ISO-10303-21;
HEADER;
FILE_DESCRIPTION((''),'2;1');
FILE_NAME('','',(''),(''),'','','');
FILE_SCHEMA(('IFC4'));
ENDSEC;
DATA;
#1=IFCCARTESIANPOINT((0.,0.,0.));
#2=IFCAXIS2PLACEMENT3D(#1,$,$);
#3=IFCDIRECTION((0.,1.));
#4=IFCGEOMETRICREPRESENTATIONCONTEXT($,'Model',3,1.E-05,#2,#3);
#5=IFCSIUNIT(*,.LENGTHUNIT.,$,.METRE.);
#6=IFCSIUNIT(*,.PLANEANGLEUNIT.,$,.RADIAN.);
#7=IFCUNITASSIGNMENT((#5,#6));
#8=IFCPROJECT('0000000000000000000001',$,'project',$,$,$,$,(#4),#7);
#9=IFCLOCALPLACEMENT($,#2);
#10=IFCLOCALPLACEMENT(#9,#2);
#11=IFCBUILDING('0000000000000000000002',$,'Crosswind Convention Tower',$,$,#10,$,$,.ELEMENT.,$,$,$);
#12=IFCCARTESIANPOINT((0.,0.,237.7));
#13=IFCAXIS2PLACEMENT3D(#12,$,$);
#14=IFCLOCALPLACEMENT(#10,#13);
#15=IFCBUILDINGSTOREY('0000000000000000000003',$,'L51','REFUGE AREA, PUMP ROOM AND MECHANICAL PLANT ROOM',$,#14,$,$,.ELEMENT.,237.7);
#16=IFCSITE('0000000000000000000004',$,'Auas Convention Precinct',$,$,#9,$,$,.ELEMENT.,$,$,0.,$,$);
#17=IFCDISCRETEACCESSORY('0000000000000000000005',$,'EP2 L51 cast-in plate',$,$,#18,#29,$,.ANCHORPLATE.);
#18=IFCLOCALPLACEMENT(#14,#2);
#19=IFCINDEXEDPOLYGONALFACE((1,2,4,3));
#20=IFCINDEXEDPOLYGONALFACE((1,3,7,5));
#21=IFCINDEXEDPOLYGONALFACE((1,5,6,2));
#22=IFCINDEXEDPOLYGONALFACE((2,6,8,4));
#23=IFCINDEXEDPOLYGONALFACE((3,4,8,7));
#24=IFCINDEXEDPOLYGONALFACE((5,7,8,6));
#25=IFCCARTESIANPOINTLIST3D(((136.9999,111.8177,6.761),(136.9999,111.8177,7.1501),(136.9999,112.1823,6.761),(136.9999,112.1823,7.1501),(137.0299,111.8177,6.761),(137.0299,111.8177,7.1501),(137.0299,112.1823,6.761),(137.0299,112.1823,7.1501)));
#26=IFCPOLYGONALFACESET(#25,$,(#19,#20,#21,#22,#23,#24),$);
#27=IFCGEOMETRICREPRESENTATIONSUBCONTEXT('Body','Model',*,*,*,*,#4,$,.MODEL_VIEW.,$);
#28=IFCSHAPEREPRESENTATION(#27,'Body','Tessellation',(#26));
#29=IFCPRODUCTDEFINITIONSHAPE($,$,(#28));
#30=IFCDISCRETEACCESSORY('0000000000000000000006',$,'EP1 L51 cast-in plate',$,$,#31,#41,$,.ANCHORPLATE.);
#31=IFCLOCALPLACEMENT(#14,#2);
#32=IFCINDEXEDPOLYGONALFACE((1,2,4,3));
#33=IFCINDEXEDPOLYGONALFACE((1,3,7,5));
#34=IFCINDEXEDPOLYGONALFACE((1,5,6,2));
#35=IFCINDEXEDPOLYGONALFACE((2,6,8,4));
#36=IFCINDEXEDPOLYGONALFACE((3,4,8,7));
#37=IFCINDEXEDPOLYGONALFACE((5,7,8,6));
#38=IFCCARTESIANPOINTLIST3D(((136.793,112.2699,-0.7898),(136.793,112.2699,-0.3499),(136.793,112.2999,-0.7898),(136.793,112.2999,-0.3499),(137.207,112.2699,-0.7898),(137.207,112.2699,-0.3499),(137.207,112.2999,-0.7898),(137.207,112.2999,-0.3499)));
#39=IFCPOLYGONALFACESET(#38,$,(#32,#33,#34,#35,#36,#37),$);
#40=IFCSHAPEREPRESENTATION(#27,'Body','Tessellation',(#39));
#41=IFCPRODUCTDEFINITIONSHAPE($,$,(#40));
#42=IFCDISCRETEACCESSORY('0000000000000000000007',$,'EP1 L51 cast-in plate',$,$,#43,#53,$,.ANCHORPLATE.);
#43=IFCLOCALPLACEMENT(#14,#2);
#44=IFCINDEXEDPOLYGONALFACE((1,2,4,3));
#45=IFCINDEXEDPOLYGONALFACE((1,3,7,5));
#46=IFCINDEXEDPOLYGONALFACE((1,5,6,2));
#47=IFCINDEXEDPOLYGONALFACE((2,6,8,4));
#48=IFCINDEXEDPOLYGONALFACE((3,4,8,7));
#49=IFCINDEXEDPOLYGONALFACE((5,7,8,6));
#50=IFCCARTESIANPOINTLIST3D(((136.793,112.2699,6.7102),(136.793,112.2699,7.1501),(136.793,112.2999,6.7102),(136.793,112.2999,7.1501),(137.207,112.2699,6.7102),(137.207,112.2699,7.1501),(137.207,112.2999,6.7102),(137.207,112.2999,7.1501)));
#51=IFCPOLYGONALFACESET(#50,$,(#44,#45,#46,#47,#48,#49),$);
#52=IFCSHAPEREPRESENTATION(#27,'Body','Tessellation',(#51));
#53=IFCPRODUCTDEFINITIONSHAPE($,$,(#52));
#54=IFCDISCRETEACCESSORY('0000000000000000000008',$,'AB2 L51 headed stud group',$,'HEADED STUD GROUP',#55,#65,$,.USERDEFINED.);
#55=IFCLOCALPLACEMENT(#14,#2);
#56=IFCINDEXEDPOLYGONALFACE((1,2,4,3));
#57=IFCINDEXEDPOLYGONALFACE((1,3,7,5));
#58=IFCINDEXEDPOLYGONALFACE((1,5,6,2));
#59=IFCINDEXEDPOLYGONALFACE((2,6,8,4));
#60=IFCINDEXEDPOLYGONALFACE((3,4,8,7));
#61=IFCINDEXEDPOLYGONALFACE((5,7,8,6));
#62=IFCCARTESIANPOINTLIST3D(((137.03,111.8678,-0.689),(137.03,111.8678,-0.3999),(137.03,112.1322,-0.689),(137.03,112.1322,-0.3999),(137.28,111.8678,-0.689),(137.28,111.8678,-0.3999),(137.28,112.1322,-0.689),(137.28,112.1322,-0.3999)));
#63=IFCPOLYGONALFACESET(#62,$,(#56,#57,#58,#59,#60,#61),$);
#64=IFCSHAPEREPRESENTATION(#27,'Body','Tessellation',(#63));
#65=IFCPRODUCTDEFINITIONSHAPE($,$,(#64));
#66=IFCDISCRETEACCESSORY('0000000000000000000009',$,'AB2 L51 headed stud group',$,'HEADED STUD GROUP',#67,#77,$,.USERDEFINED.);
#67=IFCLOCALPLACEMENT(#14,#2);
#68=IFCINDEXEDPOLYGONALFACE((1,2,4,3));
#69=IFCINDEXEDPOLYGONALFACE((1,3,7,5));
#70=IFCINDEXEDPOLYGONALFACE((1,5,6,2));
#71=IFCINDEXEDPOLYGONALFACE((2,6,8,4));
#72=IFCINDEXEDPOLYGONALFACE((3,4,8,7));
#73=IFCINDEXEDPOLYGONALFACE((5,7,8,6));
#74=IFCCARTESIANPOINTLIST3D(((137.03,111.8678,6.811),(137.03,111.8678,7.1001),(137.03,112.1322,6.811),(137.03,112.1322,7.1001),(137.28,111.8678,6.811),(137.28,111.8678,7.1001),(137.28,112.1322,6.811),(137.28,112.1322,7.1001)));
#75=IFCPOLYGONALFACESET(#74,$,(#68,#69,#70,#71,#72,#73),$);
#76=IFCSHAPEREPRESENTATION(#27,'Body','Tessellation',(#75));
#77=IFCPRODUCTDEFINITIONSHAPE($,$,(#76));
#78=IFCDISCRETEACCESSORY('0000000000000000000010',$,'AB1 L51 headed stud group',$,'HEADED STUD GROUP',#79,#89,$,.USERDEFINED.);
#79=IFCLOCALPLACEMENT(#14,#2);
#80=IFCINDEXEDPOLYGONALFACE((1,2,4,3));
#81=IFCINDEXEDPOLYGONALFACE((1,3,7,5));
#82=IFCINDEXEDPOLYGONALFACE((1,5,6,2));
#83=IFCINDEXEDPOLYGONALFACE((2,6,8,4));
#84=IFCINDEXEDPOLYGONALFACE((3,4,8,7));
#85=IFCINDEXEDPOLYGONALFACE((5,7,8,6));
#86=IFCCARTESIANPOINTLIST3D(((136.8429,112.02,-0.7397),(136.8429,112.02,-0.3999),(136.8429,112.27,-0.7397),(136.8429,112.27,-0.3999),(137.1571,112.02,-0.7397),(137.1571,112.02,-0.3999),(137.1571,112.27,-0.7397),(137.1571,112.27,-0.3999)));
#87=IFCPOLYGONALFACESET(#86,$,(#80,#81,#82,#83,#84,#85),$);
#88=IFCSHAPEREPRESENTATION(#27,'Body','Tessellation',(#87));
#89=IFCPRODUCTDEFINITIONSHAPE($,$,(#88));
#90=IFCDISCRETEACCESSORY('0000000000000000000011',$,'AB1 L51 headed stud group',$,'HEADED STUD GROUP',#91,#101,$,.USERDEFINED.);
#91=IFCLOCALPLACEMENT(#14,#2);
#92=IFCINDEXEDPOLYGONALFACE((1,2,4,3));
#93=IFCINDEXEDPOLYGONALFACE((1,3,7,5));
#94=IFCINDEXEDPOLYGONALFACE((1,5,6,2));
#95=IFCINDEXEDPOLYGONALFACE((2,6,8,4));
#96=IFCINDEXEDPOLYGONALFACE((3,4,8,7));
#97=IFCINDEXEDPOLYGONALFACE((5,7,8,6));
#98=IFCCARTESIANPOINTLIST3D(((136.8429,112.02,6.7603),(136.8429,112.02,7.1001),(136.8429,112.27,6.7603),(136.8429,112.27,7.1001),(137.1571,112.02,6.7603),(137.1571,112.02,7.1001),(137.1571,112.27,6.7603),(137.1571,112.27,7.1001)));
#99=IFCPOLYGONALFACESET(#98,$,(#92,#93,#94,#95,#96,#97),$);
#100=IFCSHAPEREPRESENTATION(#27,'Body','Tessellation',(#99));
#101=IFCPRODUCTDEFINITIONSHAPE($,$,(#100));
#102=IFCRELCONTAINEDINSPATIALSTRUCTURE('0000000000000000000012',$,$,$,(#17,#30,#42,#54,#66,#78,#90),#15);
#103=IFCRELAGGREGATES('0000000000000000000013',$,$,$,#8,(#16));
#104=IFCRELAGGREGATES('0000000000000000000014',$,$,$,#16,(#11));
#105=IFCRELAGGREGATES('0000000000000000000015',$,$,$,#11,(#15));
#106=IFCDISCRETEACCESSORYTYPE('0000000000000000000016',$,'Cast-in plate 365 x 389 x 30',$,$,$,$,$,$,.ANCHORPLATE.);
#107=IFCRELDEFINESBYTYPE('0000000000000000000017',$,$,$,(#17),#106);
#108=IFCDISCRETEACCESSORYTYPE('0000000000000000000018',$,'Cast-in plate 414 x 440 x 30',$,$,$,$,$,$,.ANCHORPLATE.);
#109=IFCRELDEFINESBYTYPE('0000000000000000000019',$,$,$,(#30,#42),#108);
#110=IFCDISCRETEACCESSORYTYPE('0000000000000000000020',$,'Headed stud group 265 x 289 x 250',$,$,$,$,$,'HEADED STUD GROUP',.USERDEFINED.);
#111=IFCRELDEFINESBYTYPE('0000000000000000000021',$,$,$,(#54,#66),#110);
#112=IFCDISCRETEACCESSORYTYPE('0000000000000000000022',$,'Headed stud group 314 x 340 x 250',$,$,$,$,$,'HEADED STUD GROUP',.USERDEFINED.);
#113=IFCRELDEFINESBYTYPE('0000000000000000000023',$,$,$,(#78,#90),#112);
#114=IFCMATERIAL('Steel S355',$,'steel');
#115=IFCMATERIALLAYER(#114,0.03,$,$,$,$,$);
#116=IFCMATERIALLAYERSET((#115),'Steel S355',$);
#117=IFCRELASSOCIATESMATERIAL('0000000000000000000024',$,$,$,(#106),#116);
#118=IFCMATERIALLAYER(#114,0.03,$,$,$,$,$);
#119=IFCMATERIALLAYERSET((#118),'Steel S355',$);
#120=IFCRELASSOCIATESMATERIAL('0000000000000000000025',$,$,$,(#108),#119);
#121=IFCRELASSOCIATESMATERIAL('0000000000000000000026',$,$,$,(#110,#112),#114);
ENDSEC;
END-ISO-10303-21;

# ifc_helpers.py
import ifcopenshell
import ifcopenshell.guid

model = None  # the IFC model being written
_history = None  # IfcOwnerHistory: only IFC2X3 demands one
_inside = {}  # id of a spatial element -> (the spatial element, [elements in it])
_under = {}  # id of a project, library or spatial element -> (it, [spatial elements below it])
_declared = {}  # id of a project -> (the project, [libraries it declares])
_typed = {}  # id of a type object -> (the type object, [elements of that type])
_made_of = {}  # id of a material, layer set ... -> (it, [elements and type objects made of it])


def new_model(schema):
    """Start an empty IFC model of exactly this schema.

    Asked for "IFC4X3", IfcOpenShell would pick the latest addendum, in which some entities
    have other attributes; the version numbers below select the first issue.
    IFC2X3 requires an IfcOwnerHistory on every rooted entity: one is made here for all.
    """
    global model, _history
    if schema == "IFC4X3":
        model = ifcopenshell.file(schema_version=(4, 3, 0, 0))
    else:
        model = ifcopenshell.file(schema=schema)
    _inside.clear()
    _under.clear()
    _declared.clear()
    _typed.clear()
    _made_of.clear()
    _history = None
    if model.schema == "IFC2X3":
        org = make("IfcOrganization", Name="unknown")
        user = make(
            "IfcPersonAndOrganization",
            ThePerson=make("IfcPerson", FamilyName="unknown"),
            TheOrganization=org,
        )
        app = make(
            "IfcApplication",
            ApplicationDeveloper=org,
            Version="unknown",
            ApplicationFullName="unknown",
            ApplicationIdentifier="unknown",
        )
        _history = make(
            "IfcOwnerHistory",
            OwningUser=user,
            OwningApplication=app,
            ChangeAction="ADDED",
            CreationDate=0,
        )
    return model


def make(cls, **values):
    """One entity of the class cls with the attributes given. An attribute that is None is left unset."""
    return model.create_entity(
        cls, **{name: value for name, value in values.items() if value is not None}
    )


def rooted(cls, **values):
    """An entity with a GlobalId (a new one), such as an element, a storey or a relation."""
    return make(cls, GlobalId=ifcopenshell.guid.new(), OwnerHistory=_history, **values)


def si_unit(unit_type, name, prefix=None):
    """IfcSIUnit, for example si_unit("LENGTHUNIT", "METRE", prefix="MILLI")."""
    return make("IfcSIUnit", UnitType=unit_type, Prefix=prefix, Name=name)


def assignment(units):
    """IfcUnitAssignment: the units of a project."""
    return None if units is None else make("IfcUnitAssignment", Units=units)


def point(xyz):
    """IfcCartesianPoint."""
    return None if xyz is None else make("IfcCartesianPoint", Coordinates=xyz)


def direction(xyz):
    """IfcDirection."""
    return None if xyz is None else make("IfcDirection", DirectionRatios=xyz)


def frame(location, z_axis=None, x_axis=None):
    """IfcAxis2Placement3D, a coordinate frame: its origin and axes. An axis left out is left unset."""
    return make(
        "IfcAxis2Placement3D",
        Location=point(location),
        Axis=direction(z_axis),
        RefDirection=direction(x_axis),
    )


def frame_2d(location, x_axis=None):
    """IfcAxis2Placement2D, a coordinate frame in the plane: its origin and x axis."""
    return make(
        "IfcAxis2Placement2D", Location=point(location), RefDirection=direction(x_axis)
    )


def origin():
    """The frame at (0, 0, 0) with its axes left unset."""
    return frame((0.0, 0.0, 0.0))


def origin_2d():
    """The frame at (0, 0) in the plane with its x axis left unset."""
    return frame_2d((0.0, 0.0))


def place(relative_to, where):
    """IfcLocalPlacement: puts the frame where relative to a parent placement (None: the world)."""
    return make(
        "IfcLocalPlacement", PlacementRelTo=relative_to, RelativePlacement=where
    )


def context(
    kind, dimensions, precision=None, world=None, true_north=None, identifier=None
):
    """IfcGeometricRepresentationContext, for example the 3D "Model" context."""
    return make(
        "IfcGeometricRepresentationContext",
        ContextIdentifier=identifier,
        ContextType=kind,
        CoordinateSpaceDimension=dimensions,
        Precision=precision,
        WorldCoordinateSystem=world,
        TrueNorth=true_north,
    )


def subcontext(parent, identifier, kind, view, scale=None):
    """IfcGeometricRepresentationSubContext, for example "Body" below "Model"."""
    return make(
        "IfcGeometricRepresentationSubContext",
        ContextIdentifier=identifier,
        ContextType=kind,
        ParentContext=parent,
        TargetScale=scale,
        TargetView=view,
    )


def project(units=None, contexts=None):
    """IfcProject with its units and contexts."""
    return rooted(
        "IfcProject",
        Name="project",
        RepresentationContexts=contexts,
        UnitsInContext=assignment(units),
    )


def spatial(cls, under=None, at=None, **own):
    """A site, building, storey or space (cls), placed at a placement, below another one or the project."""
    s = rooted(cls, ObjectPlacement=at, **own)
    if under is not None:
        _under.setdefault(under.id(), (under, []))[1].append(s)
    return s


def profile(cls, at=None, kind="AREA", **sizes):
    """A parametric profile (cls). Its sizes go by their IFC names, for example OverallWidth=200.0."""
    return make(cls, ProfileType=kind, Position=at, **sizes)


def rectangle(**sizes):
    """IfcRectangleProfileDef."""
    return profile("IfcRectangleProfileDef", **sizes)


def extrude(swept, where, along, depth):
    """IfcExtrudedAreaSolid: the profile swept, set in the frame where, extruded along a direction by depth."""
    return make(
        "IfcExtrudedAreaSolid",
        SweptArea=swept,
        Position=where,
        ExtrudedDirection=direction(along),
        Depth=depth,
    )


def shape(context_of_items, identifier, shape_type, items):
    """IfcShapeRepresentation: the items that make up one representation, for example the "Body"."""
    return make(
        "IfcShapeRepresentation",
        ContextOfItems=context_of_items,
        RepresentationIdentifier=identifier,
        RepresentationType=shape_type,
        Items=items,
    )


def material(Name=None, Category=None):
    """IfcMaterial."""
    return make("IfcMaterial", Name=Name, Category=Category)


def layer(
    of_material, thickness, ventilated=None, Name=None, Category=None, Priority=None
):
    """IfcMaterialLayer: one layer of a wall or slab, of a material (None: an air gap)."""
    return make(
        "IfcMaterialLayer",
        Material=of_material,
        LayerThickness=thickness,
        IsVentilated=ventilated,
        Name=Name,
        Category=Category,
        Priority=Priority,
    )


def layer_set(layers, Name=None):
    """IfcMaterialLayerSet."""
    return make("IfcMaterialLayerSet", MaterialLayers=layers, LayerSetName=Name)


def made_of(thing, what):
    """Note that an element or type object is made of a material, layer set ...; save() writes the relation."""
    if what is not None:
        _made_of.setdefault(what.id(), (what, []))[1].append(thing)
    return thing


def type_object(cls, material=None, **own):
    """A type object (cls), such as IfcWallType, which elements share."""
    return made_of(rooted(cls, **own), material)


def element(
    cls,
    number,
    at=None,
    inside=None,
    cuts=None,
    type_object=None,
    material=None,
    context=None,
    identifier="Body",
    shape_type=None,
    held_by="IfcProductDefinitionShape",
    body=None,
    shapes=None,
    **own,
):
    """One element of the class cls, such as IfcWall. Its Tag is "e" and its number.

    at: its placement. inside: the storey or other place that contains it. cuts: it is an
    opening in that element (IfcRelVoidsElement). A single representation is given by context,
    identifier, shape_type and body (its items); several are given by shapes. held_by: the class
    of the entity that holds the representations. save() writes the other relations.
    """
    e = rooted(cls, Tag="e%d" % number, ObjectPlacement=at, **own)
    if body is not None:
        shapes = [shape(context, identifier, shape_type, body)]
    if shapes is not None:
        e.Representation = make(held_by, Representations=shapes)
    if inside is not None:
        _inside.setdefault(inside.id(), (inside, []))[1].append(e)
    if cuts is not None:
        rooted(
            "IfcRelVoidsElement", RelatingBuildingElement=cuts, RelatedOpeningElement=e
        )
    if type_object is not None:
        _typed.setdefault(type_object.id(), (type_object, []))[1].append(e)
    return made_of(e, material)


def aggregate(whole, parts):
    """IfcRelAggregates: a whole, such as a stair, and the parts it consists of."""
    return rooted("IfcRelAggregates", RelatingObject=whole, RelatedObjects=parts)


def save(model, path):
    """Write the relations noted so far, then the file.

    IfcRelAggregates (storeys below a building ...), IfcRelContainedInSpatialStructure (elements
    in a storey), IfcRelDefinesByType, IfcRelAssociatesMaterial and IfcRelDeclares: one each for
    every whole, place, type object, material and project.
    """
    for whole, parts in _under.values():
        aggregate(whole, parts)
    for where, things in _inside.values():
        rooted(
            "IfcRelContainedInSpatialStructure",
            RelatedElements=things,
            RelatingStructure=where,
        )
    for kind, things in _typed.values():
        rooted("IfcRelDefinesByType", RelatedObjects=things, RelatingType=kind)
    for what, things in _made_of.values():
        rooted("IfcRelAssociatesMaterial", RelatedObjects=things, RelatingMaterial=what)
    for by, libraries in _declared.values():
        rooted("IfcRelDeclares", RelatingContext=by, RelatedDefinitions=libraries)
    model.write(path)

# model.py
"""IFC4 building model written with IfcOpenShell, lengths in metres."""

from ifc_helpers import new_model, si_unit, direction, frame, origin, origin_2d, place, context, subcontext, project, spatial, rectangle, extrude, material, layer, layer_set, type_object, element, save


model = new_model("IFC4")

# Units and contexts
model_context = context("Model", 3, precision=1e-05, world=origin(), true_north=direction((0.0, 1.0)))
body_context = subcontext(model_context, "Body", "Model", "MODEL_VIEW")
ifc_project = project(units=[si_unit("LENGTHUNIT", "METRE"), si_unit("PLANEANGLEUNIT", "RADIAN")], contexts=[model_context])

# Site, building, storey
site_placement = place(None, origin())
site = spatial("IfcSite", under=ifc_project, at=site_placement, Name="Auas Convention Precinct", CompositionType="ELEMENT", RefElevation=0.0)
building_placement = place(site_placement, origin())
building = spatial("IfcBuilding", under=site, at=building_placement, Name="Crosswind Convention Tower", CompositionType="ELEMENT")
storey_placement = place(building_placement, frame((0.0, 0.0, 237.7)))
storey = spatial("IfcBuildingStorey", under=building, at=storey_placement, Name="L51", Description="REFUGE AREA, PUMP ROOM AND MECHANICAL PLANT ROOM", CompositionType="ELEMENT", Elevation=237.7)

# Shared definitions
ifc_material_1 = material(Name="Steel S355", Category="steel")

# Discrete accessories
ifc_layer_1 = layer(ifc_material_1, 0.03)
ifc_layer_set_1 = layer_set([ifc_layer_1], Name="Steel S355")
discrete_accessory_type_1 = type_object("IfcDiscreteAccessoryType", Name="Cast-in plate 365 x 389 x 30", PredefinedType="ANCHORPLATE", material=ifc_layer_set_1)
for number, where, z_axis, x_axis, name in (
    (1, (137.0149, 112.0, 6.761), (0.0, 0.0, 1.0), (1.0, 0.0, 0.0), "EP2 L51 cast-in plate"),
):
    element("IfcDiscreteAccessory", number, at=place(storey_placement, frame(where, z_axis=z_axis, x_axis=x_axis)), inside=storey, type_object=discrete_accessory_type_1, Name=name, PredefinedType="ANCHORPLATE", context=body_context, shape_type="SweptSolid", body=[
        extrude(rectangle(XDim=0.03, YDim=0.3645, at=origin_2d()), origin(), (0.0, 0.0, 1.0), 0.3892),
    ])
ifc_layer_2 = layer(ifc_material_1, 0.03)
ifc_layer_set_2 = layer_set([ifc_layer_2], Name="Steel S355")
discrete_accessory_type_2 = type_object("IfcDiscreteAccessoryType", Name="Cast-in plate 414 x 440 x 30", PredefinedType="ANCHORPLATE", material=ifc_layer_set_2)
for number, where, z_axis, x_axis, name in (
    (2, (137.0, 112.2849, -0.7898), (0.0, 0.0, 1.0), (1.0, 0.0, 0.0), "EP1 L51 cast-in plate"),
    (3, (137.0, 112.2849, 6.7102), (0.0, 0.0, 1.0), (1.0, 0.0, 0.0), "EP1 L51 cast-in plate"),
):
    element("IfcDiscreteAccessory", number, at=place(storey_placement, frame(where, z_axis=z_axis, x_axis=x_axis)), inside=storey, type_object=discrete_accessory_type_2, Name=name, PredefinedType="ANCHORPLATE", context=body_context, shape_type="SweptSolid", body=[
        extrude(rectangle(XDim=0.4141, YDim=0.03, at=origin_2d()), origin(), (0.0, 0.0, 1.0), 0.4399),
    ])
discrete_accessory_type_3 = type_object("IfcDiscreteAccessoryType", Name="Headed stud group 265 x 289 x 250", ElementType="HEADED STUD GROUP", PredefinedType="USERDEFINED", material=ifc_material_1)
for number, where, z_axis, x_axis, name in (
    (4, (137.155, 112.0, -0.689), (0.0, 0.0, 1.0), (1.0, 0.0, 0.0), "AB2 L51 headed stud group"),
    (5, (137.155, 112.0, 6.811), (0.0, 0.0, 1.0), (1.0, 0.0, 0.0), "AB2 L51 headed stud group"),
):
    element("IfcDiscreteAccessory", number, at=place(storey_placement, frame(where, z_axis=z_axis, x_axis=x_axis)), inside=storey, type_object=discrete_accessory_type_3, Name=name, ObjectType="HEADED STUD GROUP", PredefinedType="USERDEFINED", context=body_context, shape_type="SweptSolid", body=[
        extrude(rectangle(XDim=0.25, YDim=0.2644, at=origin_2d()), origin(), (0.0, 0.0, 1.0), 0.2891),
    ])
discrete_accessory_type_4 = type_object("IfcDiscreteAccessoryType", Name="Headed stud group 314 x 340 x 250", ElementType="HEADED STUD GROUP", PredefinedType="USERDEFINED", material=ifc_material_1)
for number, where, z_axis, x_axis, name in (
    (6, (137.0, 112.145, -0.7397), (0.0, 0.0, 1.0), (1.0, 0.0, 0.0), "AB1 L51 headed stud group"),
    (7, (137.0, 112.145, 6.7603), (0.0, 0.0, 1.0), (1.0, 0.0, 0.0), "AB1 L51 headed stud group"),
):
    element("IfcDiscreteAccessory", number, at=place(storey_placement, frame(where, z_axis=z_axis, x_axis=x_axis)), inside=storey, type_object=discrete_accessory_type_4, Name=name, ObjectType="HEADED STUD GROUP", PredefinedType="USERDEFINED", context=body_context, shape_type="SweptSolid", body=[
        extrude(rectangle(XDim=0.3142, YDim=0.25, at=origin_2d()), origin(), (0.0, 0.0, 1.0), 0.3398),
    ])

save(model, "model.ifc")
